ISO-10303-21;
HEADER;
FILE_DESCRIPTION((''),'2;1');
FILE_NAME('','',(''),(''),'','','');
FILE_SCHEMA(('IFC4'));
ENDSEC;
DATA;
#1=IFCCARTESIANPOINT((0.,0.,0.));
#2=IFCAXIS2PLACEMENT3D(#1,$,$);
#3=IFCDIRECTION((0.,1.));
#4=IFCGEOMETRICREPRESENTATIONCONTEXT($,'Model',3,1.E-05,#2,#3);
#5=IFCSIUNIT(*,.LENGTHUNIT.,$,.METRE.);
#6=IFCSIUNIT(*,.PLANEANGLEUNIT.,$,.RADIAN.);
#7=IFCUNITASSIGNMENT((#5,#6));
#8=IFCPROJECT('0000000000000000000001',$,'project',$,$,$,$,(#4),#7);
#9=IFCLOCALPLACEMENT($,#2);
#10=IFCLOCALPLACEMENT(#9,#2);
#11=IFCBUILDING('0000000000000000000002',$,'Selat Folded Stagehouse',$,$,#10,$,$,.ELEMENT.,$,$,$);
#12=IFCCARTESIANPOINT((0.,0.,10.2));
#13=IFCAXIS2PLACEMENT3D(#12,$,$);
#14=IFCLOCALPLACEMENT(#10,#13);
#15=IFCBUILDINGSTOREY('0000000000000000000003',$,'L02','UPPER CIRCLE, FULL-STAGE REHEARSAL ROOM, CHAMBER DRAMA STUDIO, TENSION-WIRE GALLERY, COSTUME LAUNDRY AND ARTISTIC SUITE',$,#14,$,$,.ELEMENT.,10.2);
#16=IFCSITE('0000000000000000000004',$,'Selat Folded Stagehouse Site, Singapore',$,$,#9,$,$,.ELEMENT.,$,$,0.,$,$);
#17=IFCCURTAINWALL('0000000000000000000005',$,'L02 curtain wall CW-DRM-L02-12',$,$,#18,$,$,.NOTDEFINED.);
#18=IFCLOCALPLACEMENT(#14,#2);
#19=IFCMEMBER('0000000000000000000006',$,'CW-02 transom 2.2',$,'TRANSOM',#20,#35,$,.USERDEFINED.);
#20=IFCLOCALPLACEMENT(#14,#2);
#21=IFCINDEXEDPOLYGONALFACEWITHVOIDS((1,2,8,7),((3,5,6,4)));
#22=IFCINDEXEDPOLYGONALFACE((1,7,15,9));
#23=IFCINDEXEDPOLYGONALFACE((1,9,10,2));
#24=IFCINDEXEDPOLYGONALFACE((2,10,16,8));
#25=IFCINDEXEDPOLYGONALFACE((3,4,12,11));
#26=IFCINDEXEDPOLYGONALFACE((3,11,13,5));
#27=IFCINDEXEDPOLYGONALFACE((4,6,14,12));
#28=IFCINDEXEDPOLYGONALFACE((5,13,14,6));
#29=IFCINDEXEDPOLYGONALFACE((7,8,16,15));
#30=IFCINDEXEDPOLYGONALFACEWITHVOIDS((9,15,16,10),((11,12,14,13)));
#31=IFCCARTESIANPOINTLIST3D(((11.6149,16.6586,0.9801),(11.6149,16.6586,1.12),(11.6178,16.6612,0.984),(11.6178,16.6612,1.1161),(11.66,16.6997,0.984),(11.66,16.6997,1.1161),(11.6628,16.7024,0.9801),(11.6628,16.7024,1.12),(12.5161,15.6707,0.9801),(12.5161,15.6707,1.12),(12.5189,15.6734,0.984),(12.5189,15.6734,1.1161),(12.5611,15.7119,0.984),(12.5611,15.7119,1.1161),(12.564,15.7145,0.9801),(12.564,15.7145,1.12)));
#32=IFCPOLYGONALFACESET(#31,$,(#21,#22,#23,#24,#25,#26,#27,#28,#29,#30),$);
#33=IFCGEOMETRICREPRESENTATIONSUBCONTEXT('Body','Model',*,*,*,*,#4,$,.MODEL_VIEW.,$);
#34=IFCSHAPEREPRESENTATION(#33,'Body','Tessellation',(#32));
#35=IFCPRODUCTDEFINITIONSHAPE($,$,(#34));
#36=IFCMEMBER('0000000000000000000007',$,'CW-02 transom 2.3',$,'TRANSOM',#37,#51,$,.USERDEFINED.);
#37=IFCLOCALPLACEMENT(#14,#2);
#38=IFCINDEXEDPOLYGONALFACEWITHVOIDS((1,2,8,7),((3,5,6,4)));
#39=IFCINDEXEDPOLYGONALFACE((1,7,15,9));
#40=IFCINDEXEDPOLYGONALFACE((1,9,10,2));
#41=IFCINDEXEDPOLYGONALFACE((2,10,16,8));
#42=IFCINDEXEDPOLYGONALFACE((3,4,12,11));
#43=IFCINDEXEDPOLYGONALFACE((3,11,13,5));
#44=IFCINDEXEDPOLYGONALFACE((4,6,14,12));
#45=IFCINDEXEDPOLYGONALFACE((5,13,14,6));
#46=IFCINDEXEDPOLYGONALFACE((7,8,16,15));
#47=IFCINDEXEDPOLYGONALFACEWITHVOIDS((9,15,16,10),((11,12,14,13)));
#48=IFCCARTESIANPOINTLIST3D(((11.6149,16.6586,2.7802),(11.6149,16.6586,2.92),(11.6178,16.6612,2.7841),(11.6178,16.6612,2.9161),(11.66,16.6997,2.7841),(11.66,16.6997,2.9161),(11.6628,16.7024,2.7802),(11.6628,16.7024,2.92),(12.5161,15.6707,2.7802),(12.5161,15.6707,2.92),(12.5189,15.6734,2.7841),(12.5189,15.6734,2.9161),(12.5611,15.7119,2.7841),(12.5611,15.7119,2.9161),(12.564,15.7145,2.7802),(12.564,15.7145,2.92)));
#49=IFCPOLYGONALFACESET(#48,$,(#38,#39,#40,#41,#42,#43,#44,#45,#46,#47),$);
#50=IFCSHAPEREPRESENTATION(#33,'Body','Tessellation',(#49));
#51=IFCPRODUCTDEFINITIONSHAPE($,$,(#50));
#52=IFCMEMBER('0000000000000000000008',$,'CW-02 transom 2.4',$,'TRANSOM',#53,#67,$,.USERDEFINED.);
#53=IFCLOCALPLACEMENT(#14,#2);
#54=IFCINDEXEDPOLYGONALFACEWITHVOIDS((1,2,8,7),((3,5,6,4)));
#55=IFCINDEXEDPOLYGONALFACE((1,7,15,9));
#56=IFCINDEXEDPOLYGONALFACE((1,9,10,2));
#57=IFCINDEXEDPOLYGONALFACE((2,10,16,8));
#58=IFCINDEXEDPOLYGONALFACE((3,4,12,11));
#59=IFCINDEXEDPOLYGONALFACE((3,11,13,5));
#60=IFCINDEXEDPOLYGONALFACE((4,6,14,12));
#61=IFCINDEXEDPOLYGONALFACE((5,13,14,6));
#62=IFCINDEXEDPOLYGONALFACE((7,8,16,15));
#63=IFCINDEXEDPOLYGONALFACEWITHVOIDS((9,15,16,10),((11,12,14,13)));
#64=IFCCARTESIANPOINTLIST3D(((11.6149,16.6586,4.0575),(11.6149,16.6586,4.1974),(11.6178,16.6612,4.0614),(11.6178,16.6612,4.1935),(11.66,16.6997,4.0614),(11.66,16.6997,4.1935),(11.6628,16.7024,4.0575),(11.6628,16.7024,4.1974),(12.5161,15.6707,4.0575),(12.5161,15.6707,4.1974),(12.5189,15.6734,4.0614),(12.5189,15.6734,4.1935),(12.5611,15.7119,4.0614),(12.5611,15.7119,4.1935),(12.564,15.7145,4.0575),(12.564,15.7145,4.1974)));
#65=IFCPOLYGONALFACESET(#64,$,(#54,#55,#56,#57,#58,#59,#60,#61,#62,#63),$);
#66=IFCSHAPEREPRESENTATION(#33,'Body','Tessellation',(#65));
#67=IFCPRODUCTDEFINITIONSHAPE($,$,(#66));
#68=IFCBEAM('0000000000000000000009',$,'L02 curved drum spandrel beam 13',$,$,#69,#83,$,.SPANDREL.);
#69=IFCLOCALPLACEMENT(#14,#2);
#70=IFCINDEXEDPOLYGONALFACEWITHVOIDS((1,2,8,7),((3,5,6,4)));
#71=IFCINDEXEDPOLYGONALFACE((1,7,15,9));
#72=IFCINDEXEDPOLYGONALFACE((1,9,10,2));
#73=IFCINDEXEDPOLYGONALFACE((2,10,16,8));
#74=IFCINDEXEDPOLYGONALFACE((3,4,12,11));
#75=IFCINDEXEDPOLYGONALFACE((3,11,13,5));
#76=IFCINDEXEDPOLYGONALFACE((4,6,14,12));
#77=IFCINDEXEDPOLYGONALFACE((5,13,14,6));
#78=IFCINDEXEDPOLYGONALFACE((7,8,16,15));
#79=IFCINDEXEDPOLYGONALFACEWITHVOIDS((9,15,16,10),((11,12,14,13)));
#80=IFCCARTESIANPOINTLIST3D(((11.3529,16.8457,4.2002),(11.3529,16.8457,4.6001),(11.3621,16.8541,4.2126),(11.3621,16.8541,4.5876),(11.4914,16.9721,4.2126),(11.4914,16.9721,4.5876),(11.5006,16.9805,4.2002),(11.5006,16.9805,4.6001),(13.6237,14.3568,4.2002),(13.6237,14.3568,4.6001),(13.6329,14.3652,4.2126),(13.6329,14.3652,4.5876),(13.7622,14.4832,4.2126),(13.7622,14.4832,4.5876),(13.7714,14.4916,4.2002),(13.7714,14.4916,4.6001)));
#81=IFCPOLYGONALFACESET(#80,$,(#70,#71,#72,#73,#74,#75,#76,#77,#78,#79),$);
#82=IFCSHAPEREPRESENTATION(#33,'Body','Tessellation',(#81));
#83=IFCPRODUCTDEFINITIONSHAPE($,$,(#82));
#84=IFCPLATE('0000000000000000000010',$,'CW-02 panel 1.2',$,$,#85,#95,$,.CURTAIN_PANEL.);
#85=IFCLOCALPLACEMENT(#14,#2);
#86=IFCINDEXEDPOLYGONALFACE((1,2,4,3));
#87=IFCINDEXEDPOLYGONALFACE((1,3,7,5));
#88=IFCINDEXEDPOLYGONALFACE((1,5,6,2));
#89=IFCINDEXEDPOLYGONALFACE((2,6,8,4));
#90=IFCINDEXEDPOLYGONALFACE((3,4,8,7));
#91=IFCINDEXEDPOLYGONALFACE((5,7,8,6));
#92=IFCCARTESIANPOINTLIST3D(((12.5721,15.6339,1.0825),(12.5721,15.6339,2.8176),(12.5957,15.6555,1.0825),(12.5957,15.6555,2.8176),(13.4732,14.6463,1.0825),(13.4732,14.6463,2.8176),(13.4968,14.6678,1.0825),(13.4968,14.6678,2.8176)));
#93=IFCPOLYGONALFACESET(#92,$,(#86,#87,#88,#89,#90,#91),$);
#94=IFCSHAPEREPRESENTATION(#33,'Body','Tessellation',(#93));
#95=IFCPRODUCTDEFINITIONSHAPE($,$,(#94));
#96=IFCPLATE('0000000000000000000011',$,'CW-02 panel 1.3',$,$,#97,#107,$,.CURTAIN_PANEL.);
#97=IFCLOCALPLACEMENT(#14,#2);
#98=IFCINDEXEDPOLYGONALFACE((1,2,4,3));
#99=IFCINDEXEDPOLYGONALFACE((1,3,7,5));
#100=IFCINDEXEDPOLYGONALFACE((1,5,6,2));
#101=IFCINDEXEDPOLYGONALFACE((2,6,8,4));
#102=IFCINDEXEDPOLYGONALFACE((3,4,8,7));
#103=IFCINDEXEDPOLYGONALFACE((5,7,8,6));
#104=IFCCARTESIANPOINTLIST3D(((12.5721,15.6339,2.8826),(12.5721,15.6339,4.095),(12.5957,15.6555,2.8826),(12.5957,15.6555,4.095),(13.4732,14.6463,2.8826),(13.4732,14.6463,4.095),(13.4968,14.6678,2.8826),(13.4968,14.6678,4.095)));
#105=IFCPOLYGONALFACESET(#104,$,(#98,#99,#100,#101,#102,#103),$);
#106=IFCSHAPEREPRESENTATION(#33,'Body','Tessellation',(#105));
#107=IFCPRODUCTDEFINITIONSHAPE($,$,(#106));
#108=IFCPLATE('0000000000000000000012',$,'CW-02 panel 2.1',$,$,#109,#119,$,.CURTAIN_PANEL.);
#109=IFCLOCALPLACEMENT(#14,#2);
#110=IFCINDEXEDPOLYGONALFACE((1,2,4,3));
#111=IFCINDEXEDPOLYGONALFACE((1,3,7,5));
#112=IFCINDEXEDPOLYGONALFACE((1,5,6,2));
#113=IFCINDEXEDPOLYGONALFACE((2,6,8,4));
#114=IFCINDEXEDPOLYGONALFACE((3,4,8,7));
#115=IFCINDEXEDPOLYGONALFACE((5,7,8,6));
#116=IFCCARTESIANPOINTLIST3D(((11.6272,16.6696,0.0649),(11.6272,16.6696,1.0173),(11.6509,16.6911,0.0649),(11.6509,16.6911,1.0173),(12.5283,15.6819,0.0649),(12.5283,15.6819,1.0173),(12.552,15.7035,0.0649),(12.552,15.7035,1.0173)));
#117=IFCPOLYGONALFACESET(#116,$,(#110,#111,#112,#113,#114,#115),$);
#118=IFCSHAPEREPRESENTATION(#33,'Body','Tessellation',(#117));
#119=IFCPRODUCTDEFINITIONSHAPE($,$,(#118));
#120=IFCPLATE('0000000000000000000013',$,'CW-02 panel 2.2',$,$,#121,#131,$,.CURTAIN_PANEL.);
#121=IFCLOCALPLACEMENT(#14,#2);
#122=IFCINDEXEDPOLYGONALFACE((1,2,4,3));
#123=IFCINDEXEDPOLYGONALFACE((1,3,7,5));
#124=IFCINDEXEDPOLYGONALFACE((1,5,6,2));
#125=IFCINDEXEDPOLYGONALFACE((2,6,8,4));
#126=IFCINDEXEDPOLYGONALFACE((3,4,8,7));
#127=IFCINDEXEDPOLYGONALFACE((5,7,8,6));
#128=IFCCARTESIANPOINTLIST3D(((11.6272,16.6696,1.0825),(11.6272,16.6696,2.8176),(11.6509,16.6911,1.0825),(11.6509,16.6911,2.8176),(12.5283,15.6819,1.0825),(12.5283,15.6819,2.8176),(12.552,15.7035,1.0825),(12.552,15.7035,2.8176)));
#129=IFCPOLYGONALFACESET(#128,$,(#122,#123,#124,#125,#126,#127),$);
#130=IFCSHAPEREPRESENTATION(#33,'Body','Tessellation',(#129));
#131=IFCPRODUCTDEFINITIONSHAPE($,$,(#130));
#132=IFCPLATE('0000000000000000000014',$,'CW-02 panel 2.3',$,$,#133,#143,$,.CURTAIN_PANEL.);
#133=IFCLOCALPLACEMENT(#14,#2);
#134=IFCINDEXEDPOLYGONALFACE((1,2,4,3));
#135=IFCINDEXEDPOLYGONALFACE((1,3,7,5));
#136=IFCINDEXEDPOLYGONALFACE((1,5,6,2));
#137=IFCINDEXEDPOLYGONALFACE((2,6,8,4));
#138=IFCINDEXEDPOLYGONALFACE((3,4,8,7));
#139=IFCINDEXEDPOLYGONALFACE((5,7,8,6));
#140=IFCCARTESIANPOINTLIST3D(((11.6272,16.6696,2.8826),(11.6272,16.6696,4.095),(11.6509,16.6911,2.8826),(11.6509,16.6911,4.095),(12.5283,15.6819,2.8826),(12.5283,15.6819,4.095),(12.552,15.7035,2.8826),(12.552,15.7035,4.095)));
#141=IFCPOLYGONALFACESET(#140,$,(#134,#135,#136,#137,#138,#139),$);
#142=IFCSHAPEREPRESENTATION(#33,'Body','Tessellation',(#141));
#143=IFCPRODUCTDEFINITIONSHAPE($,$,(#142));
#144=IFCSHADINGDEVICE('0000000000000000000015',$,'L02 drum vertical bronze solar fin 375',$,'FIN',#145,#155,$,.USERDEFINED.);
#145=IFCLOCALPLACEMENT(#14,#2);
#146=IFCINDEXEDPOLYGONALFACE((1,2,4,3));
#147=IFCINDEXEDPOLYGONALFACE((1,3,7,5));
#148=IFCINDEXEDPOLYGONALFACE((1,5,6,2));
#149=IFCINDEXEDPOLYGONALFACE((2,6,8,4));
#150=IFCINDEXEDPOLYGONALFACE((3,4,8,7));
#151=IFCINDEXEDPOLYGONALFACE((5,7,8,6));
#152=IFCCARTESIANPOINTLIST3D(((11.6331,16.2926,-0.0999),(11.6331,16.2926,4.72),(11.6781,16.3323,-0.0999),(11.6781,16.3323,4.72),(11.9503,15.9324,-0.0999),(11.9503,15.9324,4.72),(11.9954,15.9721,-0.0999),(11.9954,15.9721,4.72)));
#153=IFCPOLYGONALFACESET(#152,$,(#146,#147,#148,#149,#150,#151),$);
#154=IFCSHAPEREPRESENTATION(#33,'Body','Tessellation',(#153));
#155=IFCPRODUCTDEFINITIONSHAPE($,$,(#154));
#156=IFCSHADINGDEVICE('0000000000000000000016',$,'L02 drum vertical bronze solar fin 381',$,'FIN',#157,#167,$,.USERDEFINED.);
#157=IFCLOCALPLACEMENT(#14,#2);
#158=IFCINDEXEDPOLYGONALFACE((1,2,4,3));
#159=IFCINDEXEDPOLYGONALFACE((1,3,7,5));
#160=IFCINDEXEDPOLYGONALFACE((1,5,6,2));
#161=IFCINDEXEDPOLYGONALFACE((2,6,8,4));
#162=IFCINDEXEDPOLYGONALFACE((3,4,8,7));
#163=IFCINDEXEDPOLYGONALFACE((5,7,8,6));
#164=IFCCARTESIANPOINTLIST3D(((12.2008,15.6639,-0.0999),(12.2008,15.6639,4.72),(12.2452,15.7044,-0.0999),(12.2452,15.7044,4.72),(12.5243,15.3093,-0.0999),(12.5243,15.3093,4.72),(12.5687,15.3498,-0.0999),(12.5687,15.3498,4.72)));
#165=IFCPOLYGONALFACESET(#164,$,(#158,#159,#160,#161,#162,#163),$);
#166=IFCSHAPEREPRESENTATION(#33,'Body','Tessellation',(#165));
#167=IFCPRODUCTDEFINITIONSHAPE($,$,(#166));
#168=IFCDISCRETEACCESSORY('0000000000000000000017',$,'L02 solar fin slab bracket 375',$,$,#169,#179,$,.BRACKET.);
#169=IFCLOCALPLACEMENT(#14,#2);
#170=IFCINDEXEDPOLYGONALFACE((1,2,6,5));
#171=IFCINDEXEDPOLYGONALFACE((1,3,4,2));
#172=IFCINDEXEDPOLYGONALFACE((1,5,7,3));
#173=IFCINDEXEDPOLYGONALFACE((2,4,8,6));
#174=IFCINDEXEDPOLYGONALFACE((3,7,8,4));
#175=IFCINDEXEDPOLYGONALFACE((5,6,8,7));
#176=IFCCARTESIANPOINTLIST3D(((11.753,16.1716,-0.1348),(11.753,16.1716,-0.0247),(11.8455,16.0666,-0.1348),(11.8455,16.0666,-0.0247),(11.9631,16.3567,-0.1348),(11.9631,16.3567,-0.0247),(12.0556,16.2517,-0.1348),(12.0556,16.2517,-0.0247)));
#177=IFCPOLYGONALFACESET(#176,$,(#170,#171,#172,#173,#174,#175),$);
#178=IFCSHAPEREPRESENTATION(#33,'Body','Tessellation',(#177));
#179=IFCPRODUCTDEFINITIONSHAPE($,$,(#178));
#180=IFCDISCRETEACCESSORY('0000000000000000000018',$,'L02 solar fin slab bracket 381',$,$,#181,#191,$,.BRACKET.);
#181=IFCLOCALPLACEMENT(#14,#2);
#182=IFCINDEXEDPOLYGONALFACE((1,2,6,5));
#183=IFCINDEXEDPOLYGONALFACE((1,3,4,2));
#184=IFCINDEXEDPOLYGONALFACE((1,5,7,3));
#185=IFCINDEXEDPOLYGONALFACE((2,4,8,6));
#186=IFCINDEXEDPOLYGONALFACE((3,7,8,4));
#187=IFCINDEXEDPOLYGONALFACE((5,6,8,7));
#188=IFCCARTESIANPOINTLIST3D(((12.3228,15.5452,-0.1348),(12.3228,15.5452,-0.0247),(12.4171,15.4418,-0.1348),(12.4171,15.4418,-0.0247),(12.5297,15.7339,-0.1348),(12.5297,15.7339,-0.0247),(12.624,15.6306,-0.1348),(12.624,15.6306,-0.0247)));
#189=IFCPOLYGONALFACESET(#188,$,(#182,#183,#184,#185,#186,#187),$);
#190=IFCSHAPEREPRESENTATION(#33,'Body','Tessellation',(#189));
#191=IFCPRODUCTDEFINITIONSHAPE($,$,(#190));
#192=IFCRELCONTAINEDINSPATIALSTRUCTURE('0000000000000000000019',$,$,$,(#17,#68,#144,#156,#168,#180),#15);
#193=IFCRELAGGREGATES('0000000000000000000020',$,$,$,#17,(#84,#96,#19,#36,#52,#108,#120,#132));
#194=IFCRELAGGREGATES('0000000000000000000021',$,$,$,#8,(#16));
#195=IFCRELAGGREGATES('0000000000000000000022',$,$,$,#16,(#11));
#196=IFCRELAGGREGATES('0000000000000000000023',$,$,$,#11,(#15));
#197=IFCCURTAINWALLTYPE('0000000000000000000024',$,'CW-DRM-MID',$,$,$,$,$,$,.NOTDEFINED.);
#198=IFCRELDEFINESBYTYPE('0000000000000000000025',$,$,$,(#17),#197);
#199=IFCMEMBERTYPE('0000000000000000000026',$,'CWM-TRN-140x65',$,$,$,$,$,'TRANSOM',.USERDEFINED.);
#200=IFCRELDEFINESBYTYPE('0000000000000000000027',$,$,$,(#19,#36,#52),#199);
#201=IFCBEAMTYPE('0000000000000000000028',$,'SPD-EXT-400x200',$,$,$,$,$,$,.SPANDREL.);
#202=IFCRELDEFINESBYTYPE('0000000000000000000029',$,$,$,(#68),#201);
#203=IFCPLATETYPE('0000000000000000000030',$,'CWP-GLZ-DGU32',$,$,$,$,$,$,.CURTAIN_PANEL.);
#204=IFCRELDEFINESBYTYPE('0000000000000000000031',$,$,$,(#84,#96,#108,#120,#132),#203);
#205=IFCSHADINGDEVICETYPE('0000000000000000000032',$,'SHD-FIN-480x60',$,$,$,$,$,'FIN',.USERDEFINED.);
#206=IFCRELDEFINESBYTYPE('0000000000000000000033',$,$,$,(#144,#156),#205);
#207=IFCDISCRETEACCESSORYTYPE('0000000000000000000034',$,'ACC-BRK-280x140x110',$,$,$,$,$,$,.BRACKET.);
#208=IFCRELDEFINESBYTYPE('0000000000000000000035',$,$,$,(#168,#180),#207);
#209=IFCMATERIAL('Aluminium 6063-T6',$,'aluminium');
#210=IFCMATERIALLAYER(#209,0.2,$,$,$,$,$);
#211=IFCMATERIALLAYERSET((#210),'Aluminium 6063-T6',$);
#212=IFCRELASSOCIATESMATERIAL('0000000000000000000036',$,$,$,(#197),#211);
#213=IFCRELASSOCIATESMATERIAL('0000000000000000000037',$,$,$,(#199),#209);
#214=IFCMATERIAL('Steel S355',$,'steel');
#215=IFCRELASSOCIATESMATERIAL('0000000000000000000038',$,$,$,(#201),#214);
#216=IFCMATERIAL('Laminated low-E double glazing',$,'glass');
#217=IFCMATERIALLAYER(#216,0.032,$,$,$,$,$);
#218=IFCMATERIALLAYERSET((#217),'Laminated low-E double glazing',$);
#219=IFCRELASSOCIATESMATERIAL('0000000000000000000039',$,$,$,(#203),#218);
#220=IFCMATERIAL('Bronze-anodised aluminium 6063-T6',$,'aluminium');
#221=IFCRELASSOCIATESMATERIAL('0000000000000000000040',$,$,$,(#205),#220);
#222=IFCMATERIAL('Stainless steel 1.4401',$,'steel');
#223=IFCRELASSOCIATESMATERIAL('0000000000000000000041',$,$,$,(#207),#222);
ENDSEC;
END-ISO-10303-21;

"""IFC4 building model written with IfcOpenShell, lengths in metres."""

from ifc_helpers import new_model, si_unit, direction, frame, origin, origin_2d, place, context, subcontext, project, spatial, rectangle, hollow_rectangle, extrude, material, layer, layer_set, material_profile, profile_set, type_object, element, aggregate, save


model = new_model("IFC4")

# Units and contexts
model_context = context("Model", 3, precision=1e-05, world=origin(), true_north=direction((0.0, 1.0)))
body_context = subcontext(model_context, "Body", "Model", "MODEL_VIEW")
ifc_project = project(units=[si_unit("LENGTHUNIT", "METRE"), si_unit("PLANEANGLEUNIT", "RADIAN")], contexts=[model_context])

# Site, building, storey
site_placement = place(None, origin())
site = spatial("IfcSite", under=ifc_project, at=site_placement, Name="Selat Folded Stagehouse Site, Singapore", CompositionType="ELEMENT", RefElevation=0.0)
building_placement = place(site_placement, origin())
building = spatial("IfcBuilding", under=site, at=building_placement, Name="Selat Folded Stagehouse", CompositionType="ELEMENT")
storey_placement = place(building_placement, frame((0.0, 0.0, 10.2)))
storey = spatial("IfcBuildingStorey", under=building, at=storey_placement, Name="L02", Description="UPPER CIRCLE, FULL-STAGE REHEARSAL ROOM, CHAMBER DRAMA STUDIO, TENSION-WIRE GALLERY, COSTUME LAUNDRY AND ARTISTIC SUITE", CompositionType="ELEMENT", Elevation=10.2)

# Shared definitions
ifc_material_1 = material(Name="Steel S355", Category="steel")

# Shared definitions
ifc_material_2 = material(Name="Aluminium 6063-T6", Category="aluminium")
ifc_layer_1 = layer(ifc_material_2, 0.2)
ifc_layer_set_1 = layer_set([ifc_layer_1], Name="Aluminium 6063-T6")
curtain_wall_type = type_object("IfcCurtainWallType", Name="CW-DRM-MID", PredefinedType="NOTDEFINED", material=ifc_layer_set_1)

# Curtain wall
curtain_wall_1_placement = place(storey_placement, origin())
curtain_wall_1 = element("IfcCurtainWall", 1, at=curtain_wall_1_placement, inside=storey, type_object=curtain_wall_type, Name="L02 curtain wall CW-DRM-L02-12", PredefinedType="NOTDEFINED")

# Members
ifc_material_profile_1 = material_profile(ifc_material_2, hollow_rectangle(XDim=0.0649, YDim=0.1399, WallThickness=0.0039, at=origin_2d()), Name="ALU 140x65x4.0")
ifc_profile_set_1 = profile_set([ifc_material_profile_1], Name="Aluminium 6063-T6")
member_type_1 = type_object("IfcMemberType", Name="CWM-TRN-140x65", ElementType="TRANSOM", PredefinedType="USERDEFINED", material=ifc_profile_set_1)
member_1_placement = place(storey_placement, frame((12.54, 15.6926, 1.05), z_axis=(-0.673953, 0.738774, 0.0), x_axis=(-0.738774, -0.673953, 0.0)))
member_1 = element("IfcMember", 2, at=member_1_placement, type_object=member_type_1, Name="CW-02 transom 2.2", ObjectType="TRANSOM", PredefinedType="USERDEFINED", context=body_context, shape_type="SweptSolid", body=[
    extrude(hollow_rectangle(XDim=0.0649, YDim=0.1399, WallThickness=0.0039, at=origin_2d()), origin(), (0.0, 0.0, 1.0), 1.3372),
])
member_2_placement = place(storey_placement, frame((12.54, 15.6926, 2.8501), z_axis=(-0.673953, 0.738774, 0.0), x_axis=(-0.738774, -0.673953, 0.0)))
member_2 = element("IfcMember", 3, at=member_2_placement, type_object=member_type_1, Name="CW-02 transom 2.3", ObjectType="TRANSOM", PredefinedType="USERDEFINED", context=body_context, shape_type="SweptSolid", body=[
    extrude(hollow_rectangle(XDim=0.0649, YDim=0.1399, WallThickness=0.0039, at=origin_2d()), origin(), (0.0, 0.0, 1.0), 1.3372),
])
member_3_placement = place(storey_placement, frame((12.54, 15.6926, 4.1274), z_axis=(-0.673953, 0.738774, 0.0), x_axis=(-0.738774, -0.673953, 0.0)))
member_3 = element("IfcMember", 4, at=member_3_placement, type_object=member_type_1, Name="CW-02 transom 2.4", ObjectType="TRANSOM", PredefinedType="USERDEFINED", context=body_context, shape_type="SweptSolid", body=[
    extrude(hollow_rectangle(XDim=0.0649, YDim=0.1399, WallThickness=0.0039, at=origin_2d()), origin(), (0.0, 0.0, 1.0), 1.3372),
])

# Beam
ifc_material_profile_2 = material_profile(ifc_material_1, hollow_rectangle(XDim=0.2, YDim=0.3999, WallThickness=0.0125, at=origin_2d()), Name="RHS 400x200x12.5")
ifc_profile_set_2 = profile_set([ifc_material_profile_2], Name="Steel S355")
beam_type = type_object("IfcBeamType", Name="SPD-EXT-400x200", PredefinedType="SPANDREL", material=ifc_profile_set_2)
beam_placement = place(storey_placement, frame((11.4268, 16.9131, 4.4001), z_axis=(0.67401, -0.738722, 0.0), x_axis=(0.738722, 0.67401, 0.0)))
element("IfcBeam", 5, at=beam_placement, inside=storey, type_object=beam_type, Name="L02 curved drum spandrel beam 13", PredefinedType="SPANDREL", context=body_context, shape_type="SweptSolid", body=[
    extrude(hollow_rectangle(XDim=0.2, YDim=0.3999, WallThickness=0.0125, at=origin_2d()), origin(), (0.0, 0.0, 1.0), 3.3691),
])

# Plates
ifc_material_3 = material(Name="Laminated low-E double glazing", Category="glass")
ifc_layer_2 = layer(ifc_material_3, 0.032)
ifc_layer_set_2 = layer_set([ifc_layer_2], Name="Laminated low-E double glazing")
plate_type = type_object("IfcPlateType", Name="CWP-GLZ-DGU32", PredefinedType="CURTAIN_PANEL", material=ifc_layer_set_2)
plate_1_placement = place(storey_placement, frame((13.0344, 15.1509, 1.0825), z_axis=(0.0, 0.0, 1.0), x_axis=(-0.674002, 0.738729, 0.0)))
plate_1 = element("IfcPlate", 6, at=plate_1_placement, type_object=plate_type, Name="CW-02 panel 1.2", PredefinedType="CURTAIN_PANEL", context=body_context, shape_type="SweptSolid", body=[
    extrude(rectangle(XDim=1.3369, YDim=0.032, at=origin_2d()), origin(), (0.0, 0.0, 1.0), 1.7351),
])
plate_2_placement = place(storey_placement, frame((13.0344, 15.1509, 2.8826), z_axis=(0.0, 0.0, 1.0), x_axis=(-0.674002, 0.738729, 0.0)))
plate_2 = element("IfcPlate", 7, at=plate_2_placement, type_object=plate_type, Name="CW-02 panel 1.3", PredefinedType="CURTAIN_PANEL", context=body_context, shape_type="SweptSolid", body=[
    extrude(rectangle(XDim=1.3369, YDim=0.032, at=origin_2d()), origin(), (0.0, 0.0, 1.0), 1.2124),
])
plate_3_placement = place(storey_placement, frame((12.0896, 16.1865, 0.0649), z_axis=(0.0, 0.0, 1.0), x_axis=(-0.674002, 0.738729, 0.0)))
plate_3 = element("IfcPlate", 8, at=plate_3_placement, type_object=plate_type, Name="CW-02 panel 2.1", PredefinedType="CURTAIN_PANEL", context=body_context, shape_type="SweptSolid", body=[
    extrude(rectangle(XDim=1.3369, YDim=0.032, at=origin_2d()), origin(), (0.0, 0.0, 1.0), 0.9524),
])
plate_4_placement = place(storey_placement, frame((12.0896, 16.1865, 1.0825), z_axis=(0.0, 0.0, 1.0), x_axis=(-0.674002, 0.738729, 0.0)))
plate_4 = element("IfcPlate", 9, at=plate_4_placement, type_object=plate_type, Name="CW-02 panel 2.2", PredefinedType="CURTAIN_PANEL", context=body_context, shape_type="SweptSolid", body=[
    extrude(rectangle(XDim=1.3369, YDim=0.032, at=origin_2d()), origin(), (0.0, 0.0, 1.0), 1.7351),
])
plate_5_placement = place(storey_placement, frame((12.0896, 16.1865, 2.8826), z_axis=(0.0, 0.0, 1.0), x_axis=(-0.674002, 0.738729, 0.0)))
plate_5 = element("IfcPlate", 10, at=plate_5_placement, type_object=plate_type, Name="CW-02 panel 2.3", PredefinedType="CURTAIN_PANEL", context=body_context, shape_type="SweptSolid", body=[
    extrude(rectangle(XDim=1.3369, YDim=0.032, at=origin_2d()), origin(), (0.0, 0.0, 1.0), 1.2124),
])
aggregate(curtain_wall_1, [plate_1, plate_2, member_1, member_2, member_3, plate_3, plate_4, plate_5])

# Shading devices
ifc_material_4 = material(Name="Bronze-anodised aluminium 6063-T6", Category="aluminium")
ifc_material_profile_3 = material_profile(ifc_material_4, rectangle(XDim=0.0601, YDim=0.48, at=origin_2d()), Name="SOLAR-FIN 480x60")
ifc_profile_set_3 = profile_set([ifc_material_profile_3], Name="Bronze-anodised aluminium 6063-T6")
shading_device_type = type_object("IfcShadingDeviceType", Name="SHD-FIN-480x60", ElementType="FIN", PredefinedType="USERDEFINED", material=ifc_profile_set_3)
for number, where, z_axis, x_axis, name in (
    (11, (11.8142, 16.1323, -0.0999), (0.0, 0.0, 1.0), (-0.750457, -0.660919, 0.0), "L02 drum vertical bronze solar fin 375"),
    (12, (12.3848, 15.5068, -0.0999), (0.0, 0.0, 1.0), (-0.738691, -0.674045, 0.0), "L02 drum vertical bronze solar fin 381"),
):
    element("IfcShadingDevice", number, at=place(storey_placement, frame(where, z_axis=z_axis, x_axis=x_axis)), inside=storey, type_object=shading_device_type, Name=name, ObjectType="FIN", PredefinedType="USERDEFINED", context=body_context, shape_type="SweptSolid", body=[
        extrude(rectangle(XDim=0.0601, YDim=0.48, at=origin_2d()), origin(), (0.0, 0.0, 1.0), 4.8198),
    ])

# Discrete accessories
ifc_material_5 = material(Name="Stainless steel 1.4401", Category="steel")
discrete_accessory_type = type_object("IfcDiscreteAccessoryType", Name="ACC-BRK-280x140x110", PredefinedType="BRACKET", material=ifc_material_5)
for number, where, z_axis, x_axis, name in (
    (13, (11.9043, 16.2117, -0.1348), (0.0, 0.0, 1.0), (-0.750457, -0.660919, 0.0), "L02 solar fin slab bracket 375"),
    (14, (12.4734, 15.5879, -0.1348), (0.0, 0.0, 1.0), (-0.738691, -0.674045, 0.0), "L02 solar fin slab bracket 381"),
):
    element("IfcDiscreteAccessory", number, at=place(storey_placement, frame(where, z_axis=z_axis, x_axis=x_axis)), inside=storey, type_object=discrete_accessory_type, Name=name, PredefinedType="BRACKET", context=body_context, shape_type="SweptSolid", body=[
        extrude(rectangle(XDim=0.28, YDim=0.1399, at=origin_2d()), origin(), (0.0, 0.0, 1.0), 0.1101),
    ])

save(model, "model.ifc")
